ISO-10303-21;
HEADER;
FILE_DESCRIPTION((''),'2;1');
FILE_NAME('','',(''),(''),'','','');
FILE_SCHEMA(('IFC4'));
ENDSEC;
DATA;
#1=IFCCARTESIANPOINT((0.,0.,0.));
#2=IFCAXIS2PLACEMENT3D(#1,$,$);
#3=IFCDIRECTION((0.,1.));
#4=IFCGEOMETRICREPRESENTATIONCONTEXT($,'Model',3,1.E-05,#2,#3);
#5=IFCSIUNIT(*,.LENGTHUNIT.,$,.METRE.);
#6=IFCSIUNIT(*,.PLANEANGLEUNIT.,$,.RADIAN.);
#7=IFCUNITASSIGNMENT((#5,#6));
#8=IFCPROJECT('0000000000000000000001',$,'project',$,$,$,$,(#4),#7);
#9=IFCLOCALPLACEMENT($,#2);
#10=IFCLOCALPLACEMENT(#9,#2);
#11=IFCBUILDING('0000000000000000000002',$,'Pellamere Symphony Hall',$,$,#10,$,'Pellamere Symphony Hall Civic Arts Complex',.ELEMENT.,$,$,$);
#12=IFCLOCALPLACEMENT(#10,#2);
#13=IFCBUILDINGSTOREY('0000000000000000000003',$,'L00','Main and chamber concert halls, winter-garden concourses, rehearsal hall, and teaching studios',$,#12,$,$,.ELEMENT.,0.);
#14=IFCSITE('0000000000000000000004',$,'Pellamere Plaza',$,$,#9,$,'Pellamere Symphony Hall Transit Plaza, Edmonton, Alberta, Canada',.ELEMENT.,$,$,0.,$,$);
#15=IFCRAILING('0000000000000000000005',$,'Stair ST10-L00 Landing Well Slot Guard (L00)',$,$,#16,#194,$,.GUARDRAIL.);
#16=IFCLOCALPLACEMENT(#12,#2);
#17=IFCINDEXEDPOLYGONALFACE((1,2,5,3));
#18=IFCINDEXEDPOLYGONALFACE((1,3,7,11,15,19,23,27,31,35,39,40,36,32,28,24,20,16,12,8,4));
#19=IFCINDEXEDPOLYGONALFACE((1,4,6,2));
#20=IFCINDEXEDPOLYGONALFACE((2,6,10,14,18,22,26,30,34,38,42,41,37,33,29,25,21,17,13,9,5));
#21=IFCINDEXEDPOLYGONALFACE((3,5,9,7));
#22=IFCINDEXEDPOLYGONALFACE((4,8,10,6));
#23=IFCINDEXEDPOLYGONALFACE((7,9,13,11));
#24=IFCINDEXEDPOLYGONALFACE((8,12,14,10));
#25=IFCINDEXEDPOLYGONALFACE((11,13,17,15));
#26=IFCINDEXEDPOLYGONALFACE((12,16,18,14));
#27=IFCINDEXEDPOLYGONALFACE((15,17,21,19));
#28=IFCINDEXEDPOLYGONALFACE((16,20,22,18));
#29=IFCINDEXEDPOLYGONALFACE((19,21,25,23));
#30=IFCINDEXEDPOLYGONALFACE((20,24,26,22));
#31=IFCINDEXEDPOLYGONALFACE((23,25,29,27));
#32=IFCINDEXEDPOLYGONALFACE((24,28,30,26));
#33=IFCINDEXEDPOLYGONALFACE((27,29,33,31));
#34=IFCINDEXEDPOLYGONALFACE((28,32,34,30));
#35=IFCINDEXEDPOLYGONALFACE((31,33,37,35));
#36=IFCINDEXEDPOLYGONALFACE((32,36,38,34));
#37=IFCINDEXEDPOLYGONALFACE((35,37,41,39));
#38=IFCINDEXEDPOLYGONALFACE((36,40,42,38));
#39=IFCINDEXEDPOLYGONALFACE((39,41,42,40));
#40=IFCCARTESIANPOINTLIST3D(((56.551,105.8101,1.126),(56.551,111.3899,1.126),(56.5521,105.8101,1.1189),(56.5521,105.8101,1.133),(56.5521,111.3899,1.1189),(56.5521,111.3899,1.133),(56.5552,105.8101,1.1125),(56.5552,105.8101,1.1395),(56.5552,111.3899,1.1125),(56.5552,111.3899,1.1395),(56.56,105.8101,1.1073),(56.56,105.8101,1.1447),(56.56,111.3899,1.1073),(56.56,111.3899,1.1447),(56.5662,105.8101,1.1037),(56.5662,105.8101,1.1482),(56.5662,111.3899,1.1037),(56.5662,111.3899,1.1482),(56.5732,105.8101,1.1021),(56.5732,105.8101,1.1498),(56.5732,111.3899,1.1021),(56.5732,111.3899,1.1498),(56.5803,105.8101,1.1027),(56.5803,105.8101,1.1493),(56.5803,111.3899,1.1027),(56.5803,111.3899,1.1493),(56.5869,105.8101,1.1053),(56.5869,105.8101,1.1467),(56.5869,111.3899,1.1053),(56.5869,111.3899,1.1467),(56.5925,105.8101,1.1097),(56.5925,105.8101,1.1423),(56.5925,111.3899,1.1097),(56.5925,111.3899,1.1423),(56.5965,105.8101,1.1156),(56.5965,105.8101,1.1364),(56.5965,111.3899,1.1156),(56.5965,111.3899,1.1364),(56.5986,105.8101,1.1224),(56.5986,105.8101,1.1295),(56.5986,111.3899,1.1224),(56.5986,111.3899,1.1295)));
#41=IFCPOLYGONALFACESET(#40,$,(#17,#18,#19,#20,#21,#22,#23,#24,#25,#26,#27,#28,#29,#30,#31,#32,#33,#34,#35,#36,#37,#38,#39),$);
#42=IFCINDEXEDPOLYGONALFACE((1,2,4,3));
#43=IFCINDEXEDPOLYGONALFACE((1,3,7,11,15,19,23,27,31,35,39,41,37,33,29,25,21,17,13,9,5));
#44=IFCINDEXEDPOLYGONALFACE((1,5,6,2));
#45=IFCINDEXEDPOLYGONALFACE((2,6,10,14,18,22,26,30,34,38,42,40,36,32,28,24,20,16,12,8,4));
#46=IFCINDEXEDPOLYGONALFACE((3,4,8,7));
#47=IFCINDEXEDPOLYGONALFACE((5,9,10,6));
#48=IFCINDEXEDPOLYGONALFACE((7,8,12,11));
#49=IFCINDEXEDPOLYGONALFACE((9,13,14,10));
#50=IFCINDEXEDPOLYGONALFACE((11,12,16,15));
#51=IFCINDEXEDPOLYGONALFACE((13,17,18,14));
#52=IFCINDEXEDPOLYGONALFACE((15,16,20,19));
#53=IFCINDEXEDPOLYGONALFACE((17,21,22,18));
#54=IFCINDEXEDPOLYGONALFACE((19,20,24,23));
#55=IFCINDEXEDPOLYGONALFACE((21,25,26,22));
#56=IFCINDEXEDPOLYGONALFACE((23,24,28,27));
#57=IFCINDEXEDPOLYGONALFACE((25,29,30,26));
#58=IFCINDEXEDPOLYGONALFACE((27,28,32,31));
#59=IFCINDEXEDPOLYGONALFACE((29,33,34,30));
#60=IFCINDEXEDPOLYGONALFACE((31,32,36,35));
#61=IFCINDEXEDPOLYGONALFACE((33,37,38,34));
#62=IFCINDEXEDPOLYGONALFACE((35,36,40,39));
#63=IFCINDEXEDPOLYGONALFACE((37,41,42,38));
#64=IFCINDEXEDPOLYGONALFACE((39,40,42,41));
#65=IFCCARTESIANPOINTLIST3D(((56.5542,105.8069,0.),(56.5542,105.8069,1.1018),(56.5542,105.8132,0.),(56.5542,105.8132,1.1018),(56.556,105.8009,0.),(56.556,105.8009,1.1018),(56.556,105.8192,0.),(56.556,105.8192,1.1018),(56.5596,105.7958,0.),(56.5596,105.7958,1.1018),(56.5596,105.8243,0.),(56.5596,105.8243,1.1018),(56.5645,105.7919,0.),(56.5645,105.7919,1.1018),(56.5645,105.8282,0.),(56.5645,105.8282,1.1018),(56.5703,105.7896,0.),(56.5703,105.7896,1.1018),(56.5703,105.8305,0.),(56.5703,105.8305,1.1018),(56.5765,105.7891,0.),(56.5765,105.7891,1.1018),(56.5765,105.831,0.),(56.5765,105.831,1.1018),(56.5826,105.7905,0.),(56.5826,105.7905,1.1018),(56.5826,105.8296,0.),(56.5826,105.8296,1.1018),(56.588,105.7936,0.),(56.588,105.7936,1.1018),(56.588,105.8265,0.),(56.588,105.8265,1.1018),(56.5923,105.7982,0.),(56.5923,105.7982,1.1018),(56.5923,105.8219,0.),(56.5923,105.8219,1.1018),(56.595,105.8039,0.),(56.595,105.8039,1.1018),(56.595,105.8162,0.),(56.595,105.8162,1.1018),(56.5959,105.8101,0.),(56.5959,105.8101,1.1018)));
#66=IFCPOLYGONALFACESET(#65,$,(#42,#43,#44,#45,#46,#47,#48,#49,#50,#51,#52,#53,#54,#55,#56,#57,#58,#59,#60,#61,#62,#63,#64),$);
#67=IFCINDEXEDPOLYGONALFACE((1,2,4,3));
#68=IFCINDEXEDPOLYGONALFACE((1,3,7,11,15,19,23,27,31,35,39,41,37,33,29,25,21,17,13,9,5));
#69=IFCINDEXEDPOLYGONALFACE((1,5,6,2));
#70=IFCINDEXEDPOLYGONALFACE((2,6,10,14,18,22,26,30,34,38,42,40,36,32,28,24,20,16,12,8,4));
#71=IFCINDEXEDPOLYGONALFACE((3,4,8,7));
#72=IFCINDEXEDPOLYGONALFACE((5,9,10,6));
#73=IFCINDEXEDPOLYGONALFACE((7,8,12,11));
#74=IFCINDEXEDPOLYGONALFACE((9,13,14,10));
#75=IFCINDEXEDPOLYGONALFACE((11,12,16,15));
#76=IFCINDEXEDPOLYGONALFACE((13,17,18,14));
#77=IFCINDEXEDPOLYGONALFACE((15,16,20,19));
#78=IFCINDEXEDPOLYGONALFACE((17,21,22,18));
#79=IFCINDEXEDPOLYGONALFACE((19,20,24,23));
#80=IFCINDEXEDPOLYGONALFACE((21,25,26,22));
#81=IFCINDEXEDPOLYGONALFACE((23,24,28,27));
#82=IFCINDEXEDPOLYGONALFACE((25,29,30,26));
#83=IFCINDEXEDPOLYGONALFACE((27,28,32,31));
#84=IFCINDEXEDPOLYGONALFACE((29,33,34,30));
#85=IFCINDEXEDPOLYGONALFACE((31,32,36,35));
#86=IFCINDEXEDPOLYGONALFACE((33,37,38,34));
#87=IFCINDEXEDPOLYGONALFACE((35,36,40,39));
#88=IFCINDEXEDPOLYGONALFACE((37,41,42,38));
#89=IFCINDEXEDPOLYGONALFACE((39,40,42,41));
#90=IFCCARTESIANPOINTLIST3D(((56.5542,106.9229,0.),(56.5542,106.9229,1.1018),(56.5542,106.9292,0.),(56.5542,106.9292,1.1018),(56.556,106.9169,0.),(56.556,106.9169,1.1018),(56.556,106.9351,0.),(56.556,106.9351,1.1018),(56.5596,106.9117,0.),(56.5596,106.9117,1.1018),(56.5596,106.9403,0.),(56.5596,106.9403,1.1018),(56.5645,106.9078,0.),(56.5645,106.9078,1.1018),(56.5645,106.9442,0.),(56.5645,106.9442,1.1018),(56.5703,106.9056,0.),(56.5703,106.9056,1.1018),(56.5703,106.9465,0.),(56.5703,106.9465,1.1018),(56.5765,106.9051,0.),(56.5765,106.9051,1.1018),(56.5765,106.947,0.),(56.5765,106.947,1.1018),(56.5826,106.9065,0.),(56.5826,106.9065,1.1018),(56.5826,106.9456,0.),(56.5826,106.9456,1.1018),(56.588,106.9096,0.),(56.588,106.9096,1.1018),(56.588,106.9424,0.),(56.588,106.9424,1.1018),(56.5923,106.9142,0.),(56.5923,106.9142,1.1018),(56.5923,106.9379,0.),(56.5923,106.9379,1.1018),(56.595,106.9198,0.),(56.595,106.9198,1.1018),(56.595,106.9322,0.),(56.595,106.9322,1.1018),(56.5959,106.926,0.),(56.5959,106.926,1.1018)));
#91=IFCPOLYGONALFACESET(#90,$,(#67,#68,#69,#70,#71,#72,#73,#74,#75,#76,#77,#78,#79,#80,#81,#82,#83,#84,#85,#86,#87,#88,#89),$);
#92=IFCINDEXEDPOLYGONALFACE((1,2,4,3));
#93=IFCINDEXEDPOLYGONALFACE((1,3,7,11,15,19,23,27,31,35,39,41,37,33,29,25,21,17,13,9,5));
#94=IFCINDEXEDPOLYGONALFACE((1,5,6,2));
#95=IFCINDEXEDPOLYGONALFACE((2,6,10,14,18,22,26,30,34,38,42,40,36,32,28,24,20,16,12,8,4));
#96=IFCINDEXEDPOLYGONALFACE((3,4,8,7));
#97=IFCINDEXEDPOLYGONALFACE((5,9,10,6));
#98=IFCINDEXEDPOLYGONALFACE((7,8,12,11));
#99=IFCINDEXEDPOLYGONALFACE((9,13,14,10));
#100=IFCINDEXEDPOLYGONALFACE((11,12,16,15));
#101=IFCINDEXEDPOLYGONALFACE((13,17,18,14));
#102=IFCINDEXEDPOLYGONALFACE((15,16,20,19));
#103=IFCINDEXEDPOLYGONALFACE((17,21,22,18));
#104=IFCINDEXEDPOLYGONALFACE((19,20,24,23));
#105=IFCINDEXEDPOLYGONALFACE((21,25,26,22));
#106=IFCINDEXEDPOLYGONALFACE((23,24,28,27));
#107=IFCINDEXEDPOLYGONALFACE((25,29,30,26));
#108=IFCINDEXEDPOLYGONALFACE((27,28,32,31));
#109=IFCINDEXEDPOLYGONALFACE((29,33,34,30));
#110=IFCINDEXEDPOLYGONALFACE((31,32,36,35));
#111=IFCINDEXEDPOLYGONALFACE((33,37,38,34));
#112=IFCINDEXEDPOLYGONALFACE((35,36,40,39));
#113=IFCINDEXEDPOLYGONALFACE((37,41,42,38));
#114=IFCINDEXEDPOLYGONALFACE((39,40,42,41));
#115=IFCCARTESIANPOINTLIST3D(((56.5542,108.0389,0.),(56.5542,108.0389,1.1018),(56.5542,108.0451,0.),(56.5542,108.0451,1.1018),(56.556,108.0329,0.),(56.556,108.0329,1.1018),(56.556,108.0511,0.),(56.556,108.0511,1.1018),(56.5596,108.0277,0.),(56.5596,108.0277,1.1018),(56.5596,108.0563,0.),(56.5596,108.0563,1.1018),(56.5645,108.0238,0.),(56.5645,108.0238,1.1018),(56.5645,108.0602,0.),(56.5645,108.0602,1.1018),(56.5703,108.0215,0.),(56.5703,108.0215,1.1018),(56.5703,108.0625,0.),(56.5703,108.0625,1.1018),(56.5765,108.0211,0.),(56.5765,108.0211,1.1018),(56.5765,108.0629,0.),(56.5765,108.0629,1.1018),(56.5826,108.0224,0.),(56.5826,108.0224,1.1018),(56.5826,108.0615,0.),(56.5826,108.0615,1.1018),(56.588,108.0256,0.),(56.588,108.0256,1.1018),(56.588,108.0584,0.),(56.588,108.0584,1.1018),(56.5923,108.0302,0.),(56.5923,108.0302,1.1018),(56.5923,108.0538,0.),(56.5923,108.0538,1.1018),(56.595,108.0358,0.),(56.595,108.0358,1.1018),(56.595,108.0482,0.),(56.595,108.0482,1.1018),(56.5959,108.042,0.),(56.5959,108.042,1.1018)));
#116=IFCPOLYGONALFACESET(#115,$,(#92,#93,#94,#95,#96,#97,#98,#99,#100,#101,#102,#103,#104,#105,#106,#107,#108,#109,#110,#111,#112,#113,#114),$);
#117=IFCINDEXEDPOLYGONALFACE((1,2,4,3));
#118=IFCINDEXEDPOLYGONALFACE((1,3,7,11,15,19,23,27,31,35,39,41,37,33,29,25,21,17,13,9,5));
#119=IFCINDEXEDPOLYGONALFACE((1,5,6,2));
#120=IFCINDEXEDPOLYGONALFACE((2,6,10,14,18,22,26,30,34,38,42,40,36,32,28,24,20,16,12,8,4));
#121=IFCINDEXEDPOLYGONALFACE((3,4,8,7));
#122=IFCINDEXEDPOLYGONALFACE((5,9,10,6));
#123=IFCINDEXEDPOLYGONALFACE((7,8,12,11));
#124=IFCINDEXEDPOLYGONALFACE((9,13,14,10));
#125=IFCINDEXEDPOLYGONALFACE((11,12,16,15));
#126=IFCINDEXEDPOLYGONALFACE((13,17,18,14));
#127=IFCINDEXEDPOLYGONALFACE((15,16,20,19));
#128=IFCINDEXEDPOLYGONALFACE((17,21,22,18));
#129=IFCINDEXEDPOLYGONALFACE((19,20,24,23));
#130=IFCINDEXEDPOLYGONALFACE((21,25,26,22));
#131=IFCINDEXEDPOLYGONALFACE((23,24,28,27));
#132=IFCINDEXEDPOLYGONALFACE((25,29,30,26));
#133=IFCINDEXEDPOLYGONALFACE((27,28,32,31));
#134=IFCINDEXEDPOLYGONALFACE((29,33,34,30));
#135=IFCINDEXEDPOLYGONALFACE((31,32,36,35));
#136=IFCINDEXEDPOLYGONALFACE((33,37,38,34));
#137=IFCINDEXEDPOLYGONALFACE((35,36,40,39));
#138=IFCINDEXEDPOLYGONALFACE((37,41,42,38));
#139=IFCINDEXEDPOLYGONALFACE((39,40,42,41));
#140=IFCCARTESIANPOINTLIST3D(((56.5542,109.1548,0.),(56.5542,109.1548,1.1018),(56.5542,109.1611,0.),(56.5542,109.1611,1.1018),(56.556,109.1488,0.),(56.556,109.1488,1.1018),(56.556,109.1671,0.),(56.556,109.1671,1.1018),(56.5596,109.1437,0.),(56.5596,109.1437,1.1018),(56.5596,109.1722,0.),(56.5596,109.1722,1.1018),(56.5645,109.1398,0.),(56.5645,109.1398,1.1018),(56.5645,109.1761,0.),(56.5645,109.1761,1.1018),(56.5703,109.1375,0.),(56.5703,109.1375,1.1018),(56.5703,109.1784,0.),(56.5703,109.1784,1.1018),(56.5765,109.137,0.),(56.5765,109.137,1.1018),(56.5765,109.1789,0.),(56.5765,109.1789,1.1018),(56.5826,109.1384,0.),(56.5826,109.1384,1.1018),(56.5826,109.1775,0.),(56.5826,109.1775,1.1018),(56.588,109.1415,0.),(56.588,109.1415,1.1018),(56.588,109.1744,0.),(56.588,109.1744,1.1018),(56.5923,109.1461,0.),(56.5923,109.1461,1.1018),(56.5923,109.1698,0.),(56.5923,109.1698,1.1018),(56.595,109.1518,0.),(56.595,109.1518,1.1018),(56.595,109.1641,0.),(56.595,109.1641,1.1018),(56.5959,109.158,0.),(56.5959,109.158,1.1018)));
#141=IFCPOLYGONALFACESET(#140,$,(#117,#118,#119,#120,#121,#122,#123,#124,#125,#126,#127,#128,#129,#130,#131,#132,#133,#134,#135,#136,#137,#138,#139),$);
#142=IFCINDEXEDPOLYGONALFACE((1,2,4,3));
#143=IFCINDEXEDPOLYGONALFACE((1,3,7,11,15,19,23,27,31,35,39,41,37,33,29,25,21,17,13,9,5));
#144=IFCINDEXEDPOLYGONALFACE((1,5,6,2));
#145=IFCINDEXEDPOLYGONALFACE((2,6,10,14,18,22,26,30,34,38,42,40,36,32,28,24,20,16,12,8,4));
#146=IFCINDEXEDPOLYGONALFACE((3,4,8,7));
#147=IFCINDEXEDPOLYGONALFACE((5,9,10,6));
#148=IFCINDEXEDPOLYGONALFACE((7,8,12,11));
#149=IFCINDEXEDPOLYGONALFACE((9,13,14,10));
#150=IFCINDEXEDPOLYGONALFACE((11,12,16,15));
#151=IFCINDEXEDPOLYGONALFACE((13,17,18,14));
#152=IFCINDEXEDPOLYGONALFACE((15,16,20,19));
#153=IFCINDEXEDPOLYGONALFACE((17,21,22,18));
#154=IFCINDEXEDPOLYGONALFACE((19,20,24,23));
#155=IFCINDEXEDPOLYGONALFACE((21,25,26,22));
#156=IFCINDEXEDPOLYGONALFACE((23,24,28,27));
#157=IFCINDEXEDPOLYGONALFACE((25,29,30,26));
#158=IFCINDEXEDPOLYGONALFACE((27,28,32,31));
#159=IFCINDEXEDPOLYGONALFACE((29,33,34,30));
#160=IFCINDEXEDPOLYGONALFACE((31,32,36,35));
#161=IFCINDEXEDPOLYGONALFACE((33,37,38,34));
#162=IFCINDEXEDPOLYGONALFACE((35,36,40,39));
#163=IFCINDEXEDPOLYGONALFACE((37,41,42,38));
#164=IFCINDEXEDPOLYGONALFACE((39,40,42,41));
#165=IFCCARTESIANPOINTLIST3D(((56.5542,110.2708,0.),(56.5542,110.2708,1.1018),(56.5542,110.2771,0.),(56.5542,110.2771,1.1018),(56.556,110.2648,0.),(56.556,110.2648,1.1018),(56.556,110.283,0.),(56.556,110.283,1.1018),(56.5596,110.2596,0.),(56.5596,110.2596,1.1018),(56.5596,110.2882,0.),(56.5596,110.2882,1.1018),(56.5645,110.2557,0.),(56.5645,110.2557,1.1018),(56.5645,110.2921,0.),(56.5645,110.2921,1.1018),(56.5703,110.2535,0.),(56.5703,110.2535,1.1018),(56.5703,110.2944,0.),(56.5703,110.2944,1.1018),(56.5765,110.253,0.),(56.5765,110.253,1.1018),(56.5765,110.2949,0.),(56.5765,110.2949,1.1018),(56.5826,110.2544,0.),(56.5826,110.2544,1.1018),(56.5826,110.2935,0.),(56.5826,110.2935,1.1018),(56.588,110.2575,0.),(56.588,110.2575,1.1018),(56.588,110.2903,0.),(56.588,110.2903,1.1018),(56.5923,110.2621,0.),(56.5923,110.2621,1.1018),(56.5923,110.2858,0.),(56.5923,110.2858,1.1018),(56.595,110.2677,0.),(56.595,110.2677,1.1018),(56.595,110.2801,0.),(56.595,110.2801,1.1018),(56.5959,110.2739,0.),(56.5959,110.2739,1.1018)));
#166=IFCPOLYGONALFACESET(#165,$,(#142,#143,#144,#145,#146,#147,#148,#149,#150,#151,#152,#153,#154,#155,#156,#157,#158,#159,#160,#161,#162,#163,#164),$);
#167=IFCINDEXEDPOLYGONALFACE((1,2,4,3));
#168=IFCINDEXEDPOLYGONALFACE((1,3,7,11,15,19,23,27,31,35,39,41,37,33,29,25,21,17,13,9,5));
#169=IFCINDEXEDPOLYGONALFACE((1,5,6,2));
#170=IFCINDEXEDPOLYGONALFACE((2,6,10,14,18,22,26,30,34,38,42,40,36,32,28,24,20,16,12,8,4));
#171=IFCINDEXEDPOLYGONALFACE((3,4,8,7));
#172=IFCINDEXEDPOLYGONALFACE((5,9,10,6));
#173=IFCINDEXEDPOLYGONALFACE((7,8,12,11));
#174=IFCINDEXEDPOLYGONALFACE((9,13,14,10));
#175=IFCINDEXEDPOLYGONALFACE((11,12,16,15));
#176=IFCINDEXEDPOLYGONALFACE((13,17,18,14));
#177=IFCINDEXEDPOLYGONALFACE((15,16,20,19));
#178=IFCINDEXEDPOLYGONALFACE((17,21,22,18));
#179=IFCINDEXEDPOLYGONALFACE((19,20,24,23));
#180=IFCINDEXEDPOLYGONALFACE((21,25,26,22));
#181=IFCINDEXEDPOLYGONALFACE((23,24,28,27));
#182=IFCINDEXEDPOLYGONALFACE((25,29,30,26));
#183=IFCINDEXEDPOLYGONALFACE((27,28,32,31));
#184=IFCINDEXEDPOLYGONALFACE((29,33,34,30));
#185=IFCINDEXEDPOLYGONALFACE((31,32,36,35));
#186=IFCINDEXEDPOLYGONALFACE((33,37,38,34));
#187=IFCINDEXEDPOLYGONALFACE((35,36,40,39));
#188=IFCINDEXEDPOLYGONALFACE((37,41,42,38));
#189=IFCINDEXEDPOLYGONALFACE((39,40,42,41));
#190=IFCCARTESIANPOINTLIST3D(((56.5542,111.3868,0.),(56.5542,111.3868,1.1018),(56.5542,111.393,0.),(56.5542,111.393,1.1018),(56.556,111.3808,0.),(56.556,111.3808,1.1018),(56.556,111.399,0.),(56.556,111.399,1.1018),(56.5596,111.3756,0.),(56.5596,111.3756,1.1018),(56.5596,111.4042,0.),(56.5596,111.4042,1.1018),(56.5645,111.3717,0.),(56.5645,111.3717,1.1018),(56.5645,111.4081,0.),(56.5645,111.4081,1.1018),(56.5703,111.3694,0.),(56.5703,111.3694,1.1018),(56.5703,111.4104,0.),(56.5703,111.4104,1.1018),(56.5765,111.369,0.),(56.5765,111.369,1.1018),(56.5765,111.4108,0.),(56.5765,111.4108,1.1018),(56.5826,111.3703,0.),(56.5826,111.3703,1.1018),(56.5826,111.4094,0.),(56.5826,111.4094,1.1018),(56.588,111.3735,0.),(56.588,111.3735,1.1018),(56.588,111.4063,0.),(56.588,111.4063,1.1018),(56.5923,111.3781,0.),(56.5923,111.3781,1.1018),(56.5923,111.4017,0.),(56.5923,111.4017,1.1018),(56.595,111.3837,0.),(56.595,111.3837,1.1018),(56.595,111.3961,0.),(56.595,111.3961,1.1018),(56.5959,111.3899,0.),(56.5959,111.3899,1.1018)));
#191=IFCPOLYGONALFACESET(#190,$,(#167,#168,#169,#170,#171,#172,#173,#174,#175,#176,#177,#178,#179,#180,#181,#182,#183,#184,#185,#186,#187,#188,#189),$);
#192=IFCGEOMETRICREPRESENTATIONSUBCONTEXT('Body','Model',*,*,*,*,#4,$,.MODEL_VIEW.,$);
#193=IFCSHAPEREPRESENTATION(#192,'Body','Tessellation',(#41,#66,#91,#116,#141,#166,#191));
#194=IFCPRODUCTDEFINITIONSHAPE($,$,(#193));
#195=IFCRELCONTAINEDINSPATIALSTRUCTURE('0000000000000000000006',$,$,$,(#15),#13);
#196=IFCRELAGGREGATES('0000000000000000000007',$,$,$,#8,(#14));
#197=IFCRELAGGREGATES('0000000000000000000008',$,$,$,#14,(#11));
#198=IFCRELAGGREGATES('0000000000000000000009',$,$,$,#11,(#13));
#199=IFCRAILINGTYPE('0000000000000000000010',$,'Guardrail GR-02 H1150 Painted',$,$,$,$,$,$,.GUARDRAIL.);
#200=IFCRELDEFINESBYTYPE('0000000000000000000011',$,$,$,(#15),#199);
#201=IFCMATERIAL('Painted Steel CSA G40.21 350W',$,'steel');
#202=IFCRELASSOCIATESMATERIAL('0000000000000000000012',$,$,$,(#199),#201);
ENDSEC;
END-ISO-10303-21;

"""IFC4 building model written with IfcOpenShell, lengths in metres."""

from ifc_helpers import new_model, si_unit, direction, frame, origin, origin_2d, place, context, subcontext, project, spatial, circle, extrude, material, type_object, element, save


model = new_model("IFC4")

# Units and contexts
model_context = context("Model", 3, precision=1e-05, world=origin(), true_north=direction((0.0, 1.0)))
body_context = subcontext(model_context, "Body", "Model", "MODEL_VIEW")
ifc_project = project(units=[si_unit("LENGTHUNIT", "METRE"), si_unit("PLANEANGLEUNIT", "RADIAN")], contexts=[model_context])

# Site, building, storey
site_placement = place(None, origin())
site = spatial("IfcSite", under=ifc_project, at=site_placement, Name="Pellamere Plaza", LongName="Pellamere Symphony Hall Transit Plaza, Edmonton, Alberta, Canada", CompositionType="ELEMENT", RefElevation=0.0)
building_placement = place(site_placement, origin())
building = spatial("IfcBuilding", under=site, at=building_placement, Name="Pellamere Symphony Hall", LongName="Pellamere Symphony Hall Civic Arts Complex", CompositionType="ELEMENT")
storey_placement = place(building_placement, origin())
storey = spatial("IfcBuildingStorey", under=building, at=storey_placement, Name="L00", Description="Main and chamber concert halls, winter-garden concourses, rehearsal hall, and teaching studios", CompositionType="ELEMENT", Elevation=0.0)

# Railing
ifc_material_1 = material(Name="Painted Steel CSA G40.21 350W", Category="steel")
railing_type_1 = type_object("IfcRailingType", Name="Guardrail GR-02 H1150 Painted", PredefinedType="GUARDRAIL", material=ifc_material_1)
railing_1_placement = place(storey_placement, frame((56.575, 105.8101, 0.0)))
element("IfcRailing", 1, at=railing_1_placement, inside=storey, type_object=railing_type_1, Name="Stair ST10-L00 Landing Well Slot Guard (L00)", PredefinedType="GUARDRAIL", context=body_context, shape_type="SweptSolid", body=[
    extrude(circle(Radius=0.0239, at=origin_2d()), frame((0.0, 0.0, 1.126), z_axis=(0.0, 1.0, 0.0), x_axis=(-1.0, 0.0, 0.0)), (0.0, 0.0, 1.0), 5.5798),
    extrude(circle(Radius=0.021, at=origin_2d()), origin(), (0.0, 0.0, 1.0), 1.1018),
    extrude(circle(Radius=0.021, at=origin_2d()), frame((0.0, 1.116, 0.0)), (0.0, 0.0, 1.0), 1.1018),
    extrude(circle(Radius=0.021, at=origin_2d()), frame((0.0, 2.2319, 0.0)), (0.0, 0.0, 1.0), 1.1018),
    extrude(circle(Radius=0.021, at=origin_2d()), frame((0.0, 3.3479, 0.0)), (0.0, 0.0, 1.0), 1.1018),
    extrude(circle(Radius=0.021, at=origin_2d()), frame((0.0, 4.4639, 0.0)), (0.0, 0.0, 1.0), 1.1018),
    extrude(circle(Radius=0.021, at=origin_2d()), frame((0.0, 5.5798, 0.0)), (0.0, 0.0, 1.0), 1.1018),
])

save(model, "model.ifc")
